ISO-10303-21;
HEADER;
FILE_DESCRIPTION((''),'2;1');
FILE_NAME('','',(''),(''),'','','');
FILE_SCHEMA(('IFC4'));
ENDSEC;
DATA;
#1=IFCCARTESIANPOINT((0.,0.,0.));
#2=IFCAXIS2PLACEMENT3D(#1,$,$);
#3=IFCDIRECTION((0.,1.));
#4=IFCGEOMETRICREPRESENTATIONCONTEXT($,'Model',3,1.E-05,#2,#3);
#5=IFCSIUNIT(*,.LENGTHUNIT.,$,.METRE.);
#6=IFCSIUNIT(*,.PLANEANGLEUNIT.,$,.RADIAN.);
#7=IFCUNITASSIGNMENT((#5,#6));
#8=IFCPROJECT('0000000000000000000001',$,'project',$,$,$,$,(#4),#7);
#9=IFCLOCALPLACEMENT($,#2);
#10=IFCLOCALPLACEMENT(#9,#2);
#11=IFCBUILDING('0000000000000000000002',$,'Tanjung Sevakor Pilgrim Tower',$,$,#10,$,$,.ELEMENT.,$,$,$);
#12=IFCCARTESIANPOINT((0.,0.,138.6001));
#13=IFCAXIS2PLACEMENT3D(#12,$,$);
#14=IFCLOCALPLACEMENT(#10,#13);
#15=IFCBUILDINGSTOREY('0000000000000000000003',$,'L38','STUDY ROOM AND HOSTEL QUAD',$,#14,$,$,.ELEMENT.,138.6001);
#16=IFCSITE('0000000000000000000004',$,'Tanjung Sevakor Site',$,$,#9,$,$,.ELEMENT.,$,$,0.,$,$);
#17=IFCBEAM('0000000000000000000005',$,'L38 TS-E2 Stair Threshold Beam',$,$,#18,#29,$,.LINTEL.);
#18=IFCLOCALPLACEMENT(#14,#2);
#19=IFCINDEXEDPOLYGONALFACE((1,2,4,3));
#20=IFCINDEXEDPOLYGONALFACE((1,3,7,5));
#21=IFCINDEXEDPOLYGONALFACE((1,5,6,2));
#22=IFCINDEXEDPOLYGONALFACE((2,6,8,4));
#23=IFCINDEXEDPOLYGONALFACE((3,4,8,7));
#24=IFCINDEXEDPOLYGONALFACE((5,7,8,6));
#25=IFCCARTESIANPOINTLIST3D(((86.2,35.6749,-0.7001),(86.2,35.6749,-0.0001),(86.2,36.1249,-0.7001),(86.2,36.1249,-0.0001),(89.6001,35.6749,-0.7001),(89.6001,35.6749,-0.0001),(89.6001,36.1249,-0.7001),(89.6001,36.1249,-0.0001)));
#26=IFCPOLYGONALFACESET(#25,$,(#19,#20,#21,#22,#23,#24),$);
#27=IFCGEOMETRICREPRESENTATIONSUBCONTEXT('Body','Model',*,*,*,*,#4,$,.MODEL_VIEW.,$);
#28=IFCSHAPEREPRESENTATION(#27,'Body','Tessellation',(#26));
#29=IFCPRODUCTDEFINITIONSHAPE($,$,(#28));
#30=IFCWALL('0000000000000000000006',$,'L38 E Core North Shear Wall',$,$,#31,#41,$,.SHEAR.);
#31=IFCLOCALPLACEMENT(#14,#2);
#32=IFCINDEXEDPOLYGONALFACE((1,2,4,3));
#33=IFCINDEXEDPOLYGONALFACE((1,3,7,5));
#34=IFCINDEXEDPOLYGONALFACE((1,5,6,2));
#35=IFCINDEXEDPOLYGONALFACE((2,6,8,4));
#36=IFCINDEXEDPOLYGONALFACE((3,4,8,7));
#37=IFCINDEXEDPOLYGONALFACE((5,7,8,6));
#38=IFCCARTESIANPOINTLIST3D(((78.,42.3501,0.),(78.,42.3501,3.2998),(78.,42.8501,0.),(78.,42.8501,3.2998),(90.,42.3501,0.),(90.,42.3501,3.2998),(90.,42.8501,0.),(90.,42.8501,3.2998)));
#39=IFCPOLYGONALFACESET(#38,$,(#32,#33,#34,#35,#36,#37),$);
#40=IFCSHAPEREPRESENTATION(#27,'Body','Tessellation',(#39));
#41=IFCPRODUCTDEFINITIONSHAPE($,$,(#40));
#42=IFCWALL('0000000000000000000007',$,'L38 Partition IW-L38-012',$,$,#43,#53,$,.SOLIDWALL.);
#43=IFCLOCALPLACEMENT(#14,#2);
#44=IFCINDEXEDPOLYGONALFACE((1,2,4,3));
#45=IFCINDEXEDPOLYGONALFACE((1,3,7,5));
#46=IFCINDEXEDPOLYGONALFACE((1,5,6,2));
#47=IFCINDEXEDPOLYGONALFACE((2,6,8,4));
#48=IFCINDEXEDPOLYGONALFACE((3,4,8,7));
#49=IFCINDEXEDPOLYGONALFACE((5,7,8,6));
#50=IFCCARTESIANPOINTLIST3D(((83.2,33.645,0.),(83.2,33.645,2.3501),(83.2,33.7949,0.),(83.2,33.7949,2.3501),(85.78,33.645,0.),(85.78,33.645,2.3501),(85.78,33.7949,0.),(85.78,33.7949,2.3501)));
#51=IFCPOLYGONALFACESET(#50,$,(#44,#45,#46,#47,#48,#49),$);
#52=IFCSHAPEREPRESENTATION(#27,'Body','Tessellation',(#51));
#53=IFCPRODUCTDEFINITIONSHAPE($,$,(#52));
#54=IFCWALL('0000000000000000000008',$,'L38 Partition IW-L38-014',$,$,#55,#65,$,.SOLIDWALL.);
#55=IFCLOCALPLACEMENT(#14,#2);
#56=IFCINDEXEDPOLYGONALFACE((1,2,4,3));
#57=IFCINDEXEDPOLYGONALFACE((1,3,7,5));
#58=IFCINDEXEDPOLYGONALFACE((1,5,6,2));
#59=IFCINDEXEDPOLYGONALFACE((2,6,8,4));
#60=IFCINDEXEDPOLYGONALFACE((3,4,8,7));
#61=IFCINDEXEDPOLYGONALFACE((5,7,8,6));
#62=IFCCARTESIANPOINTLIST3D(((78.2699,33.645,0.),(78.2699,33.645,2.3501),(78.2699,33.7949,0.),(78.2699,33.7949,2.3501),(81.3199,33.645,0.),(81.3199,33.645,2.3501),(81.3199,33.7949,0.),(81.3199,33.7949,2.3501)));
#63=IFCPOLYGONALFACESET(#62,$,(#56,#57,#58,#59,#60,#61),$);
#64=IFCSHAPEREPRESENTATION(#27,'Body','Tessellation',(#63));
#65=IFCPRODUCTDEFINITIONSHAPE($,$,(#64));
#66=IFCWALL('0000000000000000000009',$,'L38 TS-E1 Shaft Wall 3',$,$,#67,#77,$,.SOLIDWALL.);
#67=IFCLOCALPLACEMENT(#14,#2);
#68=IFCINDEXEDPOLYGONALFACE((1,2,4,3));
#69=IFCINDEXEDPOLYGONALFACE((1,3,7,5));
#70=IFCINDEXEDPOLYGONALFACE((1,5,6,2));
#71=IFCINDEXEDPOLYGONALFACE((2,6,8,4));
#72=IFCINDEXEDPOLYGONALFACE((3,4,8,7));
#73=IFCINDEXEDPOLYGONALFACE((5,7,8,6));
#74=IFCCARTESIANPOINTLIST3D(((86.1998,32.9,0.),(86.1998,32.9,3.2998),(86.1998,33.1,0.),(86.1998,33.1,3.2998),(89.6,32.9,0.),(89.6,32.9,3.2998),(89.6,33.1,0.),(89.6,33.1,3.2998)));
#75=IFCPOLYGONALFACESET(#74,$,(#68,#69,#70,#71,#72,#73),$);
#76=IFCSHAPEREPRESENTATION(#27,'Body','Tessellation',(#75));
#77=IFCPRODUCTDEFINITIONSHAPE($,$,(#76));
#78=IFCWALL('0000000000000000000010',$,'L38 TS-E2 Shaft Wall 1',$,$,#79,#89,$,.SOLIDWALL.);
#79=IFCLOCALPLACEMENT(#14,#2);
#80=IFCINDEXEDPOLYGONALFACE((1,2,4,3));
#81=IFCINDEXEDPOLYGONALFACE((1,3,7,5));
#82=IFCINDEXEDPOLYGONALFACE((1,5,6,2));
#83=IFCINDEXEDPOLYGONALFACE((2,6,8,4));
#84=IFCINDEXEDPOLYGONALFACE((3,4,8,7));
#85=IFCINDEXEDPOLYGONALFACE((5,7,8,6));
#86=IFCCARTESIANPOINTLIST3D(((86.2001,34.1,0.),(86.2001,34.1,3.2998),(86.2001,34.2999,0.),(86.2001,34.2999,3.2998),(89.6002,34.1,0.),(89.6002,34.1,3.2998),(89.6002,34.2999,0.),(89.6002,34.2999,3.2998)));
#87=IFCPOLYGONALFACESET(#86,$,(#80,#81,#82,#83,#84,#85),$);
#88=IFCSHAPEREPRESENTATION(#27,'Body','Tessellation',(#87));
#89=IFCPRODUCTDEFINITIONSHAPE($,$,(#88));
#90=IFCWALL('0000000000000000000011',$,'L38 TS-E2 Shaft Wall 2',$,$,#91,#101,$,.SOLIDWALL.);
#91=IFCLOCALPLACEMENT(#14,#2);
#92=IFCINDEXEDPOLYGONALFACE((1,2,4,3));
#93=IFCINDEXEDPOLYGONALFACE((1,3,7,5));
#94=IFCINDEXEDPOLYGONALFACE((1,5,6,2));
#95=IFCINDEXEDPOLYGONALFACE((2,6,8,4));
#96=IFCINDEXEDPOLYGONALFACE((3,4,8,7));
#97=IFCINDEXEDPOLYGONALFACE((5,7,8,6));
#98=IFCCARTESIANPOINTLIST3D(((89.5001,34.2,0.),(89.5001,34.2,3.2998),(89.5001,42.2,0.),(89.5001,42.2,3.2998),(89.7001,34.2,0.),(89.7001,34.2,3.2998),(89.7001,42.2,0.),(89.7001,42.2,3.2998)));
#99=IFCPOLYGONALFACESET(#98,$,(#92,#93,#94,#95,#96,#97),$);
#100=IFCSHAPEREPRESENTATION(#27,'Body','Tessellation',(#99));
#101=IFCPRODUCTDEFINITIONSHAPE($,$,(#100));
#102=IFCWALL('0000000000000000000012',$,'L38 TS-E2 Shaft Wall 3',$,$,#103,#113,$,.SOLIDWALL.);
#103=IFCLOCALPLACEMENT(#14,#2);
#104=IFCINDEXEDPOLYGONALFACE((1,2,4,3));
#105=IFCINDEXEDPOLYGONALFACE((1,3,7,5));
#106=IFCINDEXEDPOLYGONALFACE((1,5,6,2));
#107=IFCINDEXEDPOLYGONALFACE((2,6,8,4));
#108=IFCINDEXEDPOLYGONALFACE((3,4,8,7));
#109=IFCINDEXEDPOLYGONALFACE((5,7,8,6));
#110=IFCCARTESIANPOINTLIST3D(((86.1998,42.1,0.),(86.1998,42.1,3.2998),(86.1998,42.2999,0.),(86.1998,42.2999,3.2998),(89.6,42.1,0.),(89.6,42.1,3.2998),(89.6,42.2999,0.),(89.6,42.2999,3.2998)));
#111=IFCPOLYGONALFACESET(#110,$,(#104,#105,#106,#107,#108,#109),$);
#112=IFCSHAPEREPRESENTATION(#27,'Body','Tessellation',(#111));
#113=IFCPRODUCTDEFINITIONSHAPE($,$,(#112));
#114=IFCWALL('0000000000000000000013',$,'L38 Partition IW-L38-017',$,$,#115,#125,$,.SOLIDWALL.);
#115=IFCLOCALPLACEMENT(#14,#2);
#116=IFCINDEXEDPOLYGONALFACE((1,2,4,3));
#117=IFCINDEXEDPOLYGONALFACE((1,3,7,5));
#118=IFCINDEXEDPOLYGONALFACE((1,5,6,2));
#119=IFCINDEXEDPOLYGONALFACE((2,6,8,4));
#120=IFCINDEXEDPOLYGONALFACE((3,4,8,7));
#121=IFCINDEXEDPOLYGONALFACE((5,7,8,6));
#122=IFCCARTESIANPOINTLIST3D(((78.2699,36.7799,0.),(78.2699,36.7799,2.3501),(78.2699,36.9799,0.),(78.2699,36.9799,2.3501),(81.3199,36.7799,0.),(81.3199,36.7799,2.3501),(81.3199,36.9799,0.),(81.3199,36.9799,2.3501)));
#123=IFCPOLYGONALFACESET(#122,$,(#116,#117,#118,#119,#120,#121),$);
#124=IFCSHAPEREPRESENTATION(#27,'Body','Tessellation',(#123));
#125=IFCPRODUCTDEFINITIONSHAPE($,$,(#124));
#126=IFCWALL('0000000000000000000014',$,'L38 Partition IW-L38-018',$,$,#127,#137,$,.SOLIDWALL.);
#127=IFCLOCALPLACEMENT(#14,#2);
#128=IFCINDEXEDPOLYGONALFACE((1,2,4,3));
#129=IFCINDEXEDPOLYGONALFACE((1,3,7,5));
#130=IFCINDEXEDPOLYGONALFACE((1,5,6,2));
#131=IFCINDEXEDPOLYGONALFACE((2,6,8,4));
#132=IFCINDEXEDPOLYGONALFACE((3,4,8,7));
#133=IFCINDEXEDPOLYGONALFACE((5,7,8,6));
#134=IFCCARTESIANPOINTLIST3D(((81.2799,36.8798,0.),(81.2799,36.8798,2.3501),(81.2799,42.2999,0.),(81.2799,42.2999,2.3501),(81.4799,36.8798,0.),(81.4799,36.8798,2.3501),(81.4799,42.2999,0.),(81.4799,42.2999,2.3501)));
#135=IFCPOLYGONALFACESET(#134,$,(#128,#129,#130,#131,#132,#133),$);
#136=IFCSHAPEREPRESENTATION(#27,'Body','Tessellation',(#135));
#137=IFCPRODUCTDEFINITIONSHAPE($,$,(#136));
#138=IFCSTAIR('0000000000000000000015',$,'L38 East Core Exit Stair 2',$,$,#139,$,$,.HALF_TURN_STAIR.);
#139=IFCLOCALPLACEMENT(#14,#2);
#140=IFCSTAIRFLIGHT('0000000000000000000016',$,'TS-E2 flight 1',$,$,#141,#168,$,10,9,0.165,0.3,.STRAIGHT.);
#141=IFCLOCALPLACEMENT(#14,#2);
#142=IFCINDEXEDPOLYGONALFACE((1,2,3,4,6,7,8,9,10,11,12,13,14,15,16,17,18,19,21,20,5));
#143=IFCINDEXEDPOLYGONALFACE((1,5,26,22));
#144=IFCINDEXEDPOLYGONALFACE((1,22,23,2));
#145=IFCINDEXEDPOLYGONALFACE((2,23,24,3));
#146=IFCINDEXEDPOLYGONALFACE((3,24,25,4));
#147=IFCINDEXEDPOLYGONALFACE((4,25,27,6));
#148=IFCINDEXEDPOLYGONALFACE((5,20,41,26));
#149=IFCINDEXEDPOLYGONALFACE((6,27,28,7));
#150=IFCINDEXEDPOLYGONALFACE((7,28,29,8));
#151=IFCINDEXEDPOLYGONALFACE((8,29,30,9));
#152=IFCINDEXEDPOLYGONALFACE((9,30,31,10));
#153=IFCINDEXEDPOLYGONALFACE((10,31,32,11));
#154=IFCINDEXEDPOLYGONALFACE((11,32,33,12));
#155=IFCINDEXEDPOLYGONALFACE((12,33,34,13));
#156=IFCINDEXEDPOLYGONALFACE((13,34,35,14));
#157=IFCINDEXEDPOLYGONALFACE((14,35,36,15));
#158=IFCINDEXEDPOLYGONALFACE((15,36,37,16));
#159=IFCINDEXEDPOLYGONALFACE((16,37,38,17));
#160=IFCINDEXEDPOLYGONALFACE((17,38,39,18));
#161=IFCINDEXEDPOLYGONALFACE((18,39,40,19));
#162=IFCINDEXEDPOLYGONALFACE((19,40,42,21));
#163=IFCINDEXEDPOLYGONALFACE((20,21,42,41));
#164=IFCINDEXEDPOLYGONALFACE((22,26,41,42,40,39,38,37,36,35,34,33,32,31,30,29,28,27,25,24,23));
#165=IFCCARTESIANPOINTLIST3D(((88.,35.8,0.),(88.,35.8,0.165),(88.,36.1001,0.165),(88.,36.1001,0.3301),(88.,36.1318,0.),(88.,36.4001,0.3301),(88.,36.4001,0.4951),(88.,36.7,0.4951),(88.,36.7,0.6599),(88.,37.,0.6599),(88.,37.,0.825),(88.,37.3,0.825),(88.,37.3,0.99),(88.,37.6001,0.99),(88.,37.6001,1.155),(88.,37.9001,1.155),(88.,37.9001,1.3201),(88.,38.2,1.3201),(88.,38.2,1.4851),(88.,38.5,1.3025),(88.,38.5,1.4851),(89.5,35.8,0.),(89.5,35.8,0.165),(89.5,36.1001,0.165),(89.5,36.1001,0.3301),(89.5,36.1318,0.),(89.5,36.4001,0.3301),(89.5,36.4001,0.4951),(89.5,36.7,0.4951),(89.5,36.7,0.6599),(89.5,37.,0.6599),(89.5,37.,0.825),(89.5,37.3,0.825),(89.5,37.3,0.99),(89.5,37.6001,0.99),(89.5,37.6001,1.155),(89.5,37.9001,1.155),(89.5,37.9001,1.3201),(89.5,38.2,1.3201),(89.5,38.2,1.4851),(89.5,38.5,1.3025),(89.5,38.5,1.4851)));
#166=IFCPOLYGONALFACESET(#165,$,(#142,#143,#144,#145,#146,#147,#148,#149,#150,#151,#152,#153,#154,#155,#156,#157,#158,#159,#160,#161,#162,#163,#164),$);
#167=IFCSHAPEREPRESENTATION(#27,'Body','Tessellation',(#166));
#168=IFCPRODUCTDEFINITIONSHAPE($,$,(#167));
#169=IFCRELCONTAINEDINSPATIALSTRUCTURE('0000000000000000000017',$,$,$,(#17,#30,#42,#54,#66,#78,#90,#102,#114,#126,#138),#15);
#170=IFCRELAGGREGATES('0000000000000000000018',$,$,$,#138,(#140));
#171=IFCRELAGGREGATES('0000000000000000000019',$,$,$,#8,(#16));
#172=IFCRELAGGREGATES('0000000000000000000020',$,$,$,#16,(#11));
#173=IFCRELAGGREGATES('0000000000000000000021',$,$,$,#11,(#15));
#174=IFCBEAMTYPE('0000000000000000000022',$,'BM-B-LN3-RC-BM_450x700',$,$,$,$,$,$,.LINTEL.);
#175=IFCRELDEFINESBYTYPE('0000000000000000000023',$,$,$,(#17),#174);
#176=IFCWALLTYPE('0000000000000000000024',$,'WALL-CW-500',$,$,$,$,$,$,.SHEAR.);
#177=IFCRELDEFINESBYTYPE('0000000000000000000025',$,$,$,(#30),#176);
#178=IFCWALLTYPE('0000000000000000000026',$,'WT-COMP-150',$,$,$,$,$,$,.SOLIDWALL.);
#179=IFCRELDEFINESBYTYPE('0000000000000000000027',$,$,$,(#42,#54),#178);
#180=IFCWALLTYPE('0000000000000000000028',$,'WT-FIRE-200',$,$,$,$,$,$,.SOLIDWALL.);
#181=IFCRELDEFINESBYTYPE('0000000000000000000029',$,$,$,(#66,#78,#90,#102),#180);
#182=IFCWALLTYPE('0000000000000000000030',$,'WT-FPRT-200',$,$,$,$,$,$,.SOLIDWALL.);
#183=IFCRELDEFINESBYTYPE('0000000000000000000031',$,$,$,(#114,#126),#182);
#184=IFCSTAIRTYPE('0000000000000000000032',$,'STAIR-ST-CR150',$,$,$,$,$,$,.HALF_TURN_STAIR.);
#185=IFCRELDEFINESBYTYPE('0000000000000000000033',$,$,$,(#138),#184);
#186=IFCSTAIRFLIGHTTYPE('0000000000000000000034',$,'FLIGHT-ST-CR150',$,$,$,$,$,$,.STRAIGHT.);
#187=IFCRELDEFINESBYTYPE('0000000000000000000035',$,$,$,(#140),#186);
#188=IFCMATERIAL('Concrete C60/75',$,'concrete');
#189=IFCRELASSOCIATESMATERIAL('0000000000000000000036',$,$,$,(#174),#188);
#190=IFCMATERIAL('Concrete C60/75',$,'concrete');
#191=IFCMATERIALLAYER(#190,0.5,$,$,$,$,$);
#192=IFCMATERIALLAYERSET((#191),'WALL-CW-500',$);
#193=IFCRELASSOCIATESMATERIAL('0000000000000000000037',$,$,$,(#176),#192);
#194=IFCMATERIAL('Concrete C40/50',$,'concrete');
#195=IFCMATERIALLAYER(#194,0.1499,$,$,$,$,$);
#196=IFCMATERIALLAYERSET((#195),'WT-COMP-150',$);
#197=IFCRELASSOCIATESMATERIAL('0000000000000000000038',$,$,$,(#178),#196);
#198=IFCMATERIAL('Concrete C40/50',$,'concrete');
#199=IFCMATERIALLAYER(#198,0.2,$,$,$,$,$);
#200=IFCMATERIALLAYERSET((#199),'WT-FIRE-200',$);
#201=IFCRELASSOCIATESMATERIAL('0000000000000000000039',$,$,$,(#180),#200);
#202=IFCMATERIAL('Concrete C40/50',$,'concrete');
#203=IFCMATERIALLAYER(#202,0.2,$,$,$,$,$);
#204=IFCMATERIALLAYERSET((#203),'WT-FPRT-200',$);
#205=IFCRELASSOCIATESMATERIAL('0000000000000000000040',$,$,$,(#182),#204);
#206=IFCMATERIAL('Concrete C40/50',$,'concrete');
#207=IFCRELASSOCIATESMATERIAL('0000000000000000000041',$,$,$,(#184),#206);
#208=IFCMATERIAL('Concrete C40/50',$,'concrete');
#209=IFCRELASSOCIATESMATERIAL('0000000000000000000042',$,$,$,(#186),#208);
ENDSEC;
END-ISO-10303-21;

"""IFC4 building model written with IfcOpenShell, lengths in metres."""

from ifc_helpers import new_model, si_unit, direction, frame, frame_2d, origin, origin_2d, place, context, subcontext, project, spatial, polyline, rectangle, outline, extrude, material, layer, layer_set, material_profile, profile_set, type_object, element, aggregate, save


model = new_model("IFC4")

# Units and contexts
model_context = context("Model", 3, precision=1e-05, world=origin(), true_north=direction((0.0, 1.0)))
body_context = subcontext(model_context, "Body", "Model", "MODEL_VIEW")
ifc_project = project(units=[si_unit("LENGTHUNIT", "METRE"), si_unit("PLANEANGLEUNIT", "RADIAN")], contexts=[model_context])

# Site, building, storey
site_placement = place(None, origin())
site = spatial("IfcSite", under=ifc_project, at=site_placement, Name="Tanjung Sevakor Site", CompositionType="ELEMENT", RefElevation=0.0)
building_placement = place(site_placement, origin())
building = spatial("IfcBuilding", under=site, at=building_placement, Name="Tanjung Sevakor Pilgrim Tower", CompositionType="ELEMENT")
storey_placement = place(building_placement, frame((0.0, 0.0, 138.6001)))
storey = spatial("IfcBuildingStorey", under=building, at=storey_placement, Name="L38", Description="STUDY ROOM AND HOSTEL QUAD", CompositionType="ELEMENT", Elevation=138.6001)

# Beam
ifc_material_1 = material(Name="Concrete C60/75", Category="concrete")
ifc_material_profile = material_profile(ifc_material_1, rectangle(XDim=0.45, YDim=0.7, at=origin_2d()))
ifc_profile_set = profile_set([ifc_material_profile], Name="Concrete C60/75")
beam_type = type_object("IfcBeamType", Name="BM-B-LN3-RC-BM_450x700", PredefinedType="LINTEL", material=ifc_profile_set)
beam_placement = place(storey_placement, frame((86.2, 35.8999, -0.3501), z_axis=(1.0, 0.0, 0.0), x_axis=(0.0, 1.0, 0.0)))
element("IfcBeam", 1, at=beam_placement, inside=storey, type_object=beam_type, Name="L38 TS-E2 Stair Threshold Beam", PredefinedType="LINTEL", context=body_context, shape_type="SweptSolid", body=[
    extrude(rectangle(XDim=0.45, YDim=0.7, at=origin_2d()), origin(), (0.0, 0.0, 1.0), 3.4001),
])

# Walls
ifc_material_2 = material(Name="Concrete C60/75", Category="concrete")
ifc_layer_1 = layer(ifc_material_2, 0.5)
ifc_layer_set_1 = layer_set([ifc_layer_1], Name="WALL-CW-500")
wall_type_1 = type_object("IfcWallType", Name="WALL-CW-500", PredefinedType="SHEAR", material=ifc_layer_set_1)
wall_1_placement = place(storey_placement, frame((90.0, 42.6001, 0.0), z_axis=(0.0, 0.0, 1.0), x_axis=(-1.0, 0.0, 0.0)))
element("IfcWall", 2, at=wall_1_placement, inside=storey, type_object=wall_type_1, Name="L38 E Core North Shear Wall", PredefinedType="SHEAR", context=body_context, shape_type="SweptSolid", body=[
    extrude(rectangle(XDim=12.0, YDim=0.5, at=frame_2d((6.0, 0.0))), origin(), (0.0, 0.0, 1.0), 3.2998),
])
ifc_material_3 = material(Name="Concrete C40/50", Category="concrete")
ifc_layer_2 = layer(ifc_material_3, 0.1499)
ifc_layer_set_2 = layer_set([ifc_layer_2], Name="WT-COMP-150")
wall_type_2 = type_object("IfcWallType", Name="WT-COMP-150", PredefinedType="SOLIDWALL", material=ifc_layer_set_2)
wall_2_placement = place(storey_placement, frame((83.2, 33.72, 0.0), z_axis=(0.0, 0.0, 1.0), x_axis=(1.0, 0.0, 0.0)))
element("IfcWall", 3, at=wall_2_placement, inside=storey, type_object=wall_type_2, Name="L38 Partition IW-L38-012", PredefinedType="SOLIDWALL", context=body_context, shape_type="SweptSolid", body=[
    extrude(rectangle(XDim=2.5801, YDim=0.1499, at=frame_2d((1.29, 0.0))), origin(), (0.0, 0.0, 1.0), 2.3501),
])
wall_3_placement = place(storey_placement, frame((78.27, 33.72, 0.0), z_axis=(0.0, 0.0, 1.0), x_axis=(1.0, 0.0, 0.0)))
element("IfcWall", 4, at=wall_3_placement, inside=storey, type_object=wall_type_2, Name="L38 Partition IW-L38-014", PredefinedType="SOLIDWALL", context=body_context, shape_type="SweptSolid", body=[
    extrude(rectangle(XDim=3.05, YDim=0.1499, at=frame_2d((1.5249, 0.0))), origin(), (0.0, 0.0, 1.0), 2.3501),
])

# Walls
ifc_material_4 = material(Name="Concrete C40/50", Category="concrete")
ifc_layer_3 = layer(ifc_material_4, 0.2)
ifc_layer_set_3 = layer_set([ifc_layer_3], Name="WT-FIRE-200")
wall_type_3 = type_object("IfcWallType", Name="WT-FIRE-200", PredefinedType="SOLIDWALL", material=ifc_layer_set_3)
for number, where, z_axis, x_axis, name in (
    (5, (89.6001, 33.0, 0.0), (0.0, 0.0, 1.0), (-1.0, 0.0, 0.0), "L38 TS-E1 Shaft Wall 3"),
    (6, (86.2, 34.2, 0.0), (0.0, 0.0, 1.0), (1.0, 0.0, 0.0), "L38 TS-E2 Shaft Wall 1"),
):
    element("IfcWall", number, at=place(storey_placement, frame(where, z_axis=z_axis, x_axis=x_axis)), inside=storey, type_object=wall_type_3, Name=name, PredefinedType="SOLIDWALL", context=body_context, shape_type="SweptSolid", body=[
        extrude(rectangle(XDim=3.4001, YDim=0.2, at=frame_2d((1.7002, 0.0))), origin(), (0.0, 0.0, 1.0), 3.2998),
    ])
wall_4_placement = place(storey_placement, frame((89.6001, 34.2, 0.0), z_axis=(0.0, 0.0, 1.0), x_axis=(0.0, 1.0, 0.0)))
element("IfcWall", 7, at=wall_4_placement, inside=storey, type_object=wall_type_3, Name="L38 TS-E2 Shaft Wall 2", PredefinedType="SOLIDWALL", context=body_context, shape_type="SweptSolid", body=[
    extrude(rectangle(XDim=8.0, YDim=0.2, at=frame_2d((4.0, 0.0))), origin(), (0.0, 0.0, 1.0), 3.2998),
])
wall_5_placement = place(storey_placement, frame((89.6001, 42.2, 0.0), z_axis=(0.0, 0.0, 1.0), x_axis=(-1.0, 0.0, 0.0)))
element("IfcWall", 8, at=wall_5_placement, inside=storey, type_object=wall_type_3, Name="L38 TS-E2 Shaft Wall 3", PredefinedType="SOLIDWALL", context=body_context, shape_type="SweptSolid", body=[
    extrude(rectangle(XDim=3.4001, YDim=0.2, at=frame_2d((1.7002, 0.0))), origin(), (0.0, 0.0, 1.0), 3.2998),
])
ifc_material_5 = material(Name="Concrete C40/50", Category="concrete")
ifc_layer_4 = layer(ifc_material_5, 0.2)
ifc_layer_set_4 = layer_set([ifc_layer_4], Name="WT-FPRT-200")
wall_type_4 = type_object("IfcWallType", Name="WT-FPRT-200", PredefinedType="SOLIDWALL", material=ifc_layer_set_4)
wall_6_placement = place(storey_placement, frame((78.27, 36.8799, 0.0), z_axis=(0.0, 0.0, 1.0), x_axis=(1.0, 0.0, 0.0)))
element("IfcWall", 9, at=wall_6_placement, inside=storey, type_object=wall_type_4, Name="L38 Partition IW-L38-017", PredefinedType="SOLIDWALL", context=body_context, shape_type="SweptSolid", body=[
    extrude(rectangle(XDim=3.05, YDim=0.2, at=frame_2d((1.5249, 0.0))), origin(), (0.0, 0.0, 1.0), 2.3501),
])
wall_7_placement = place(storey_placement, frame((81.3799, 36.8799, 0.0), z_axis=(0.0, 0.0, 1.0), x_axis=(0.0, 1.0, 0.0)))
element("IfcWall", 10, at=wall_7_placement, inside=storey, type_object=wall_type_4, Name="L38 Partition IW-L38-018", PredefinedType="SOLIDWALL", context=body_context, shape_type="SweptSolid", body=[
    extrude(rectangle(XDim=5.4202, YDim=0.2, at=frame_2d((2.71, 0.0))), origin(), (0.0, 0.0, 1.0), 2.3501),
])

# Stair, stair flight
ifc_material_6 = material(Name="Concrete C40/50", Category="concrete")
stair_type = type_object("IfcStairType", Name="STAIR-ST-CR150", PredefinedType="HALF_TURN_STAIR", material=ifc_material_6)
stair_placement = place(storey_placement, origin())
stair = element("IfcStair", 11, at=stair_placement, inside=storey, type_object=stair_type, Name="L38 East Core Exit Stair 2", PredefinedType="HALF_TURN_STAIR")
ifc_material_7 = material(Name="Concrete C40/50", Category="concrete")
stair_flight_type = type_object("IfcStairFlightType", Name="FLIGHT-ST-CR150", PredefinedType="STRAIGHT", material=ifc_material_7)
stair_flight_1_placement = place(storey_placement, frame((88.75, 35.8, 0.0), z_axis=(0.0, 0.0, 1.0), x_axis=(0.0, 1.0, 0.0)))
stair_flight_1 = element("IfcStairFlight", 12, at=stair_flight_1_placement, type_object=stair_flight_type, Name="TS-E2 flight 1", NumberOfRisers=10, NumberOfTreads=9, PredefinedType="STRAIGHT", RiserHeight=0.165, TreadLength=0.3, context=body_context, shape_type="SweptSolid", body=[
    extrude(outline(polyline([(0.0, 0.0), (0.0, 0.165), (0.3, 0.165), (0.3, 0.3301), (0.6001, 0.3301), (0.6001, 0.4951), (0.8999, 0.4951), (0.8999, 0.6599), (1.2, 0.6599), (1.2, 0.825), (1.5, 0.825), (1.5, 0.99), (1.8, 0.99), (1.8, 1.155), (2.1001, 1.155), (2.1001, 1.3201), (2.3999, 1.3201), (2.3999, 1.4851), (2.7, 1.4851), (2.7, 1.6499), (2.7, 1.3025), (0.3318, 0.0), (0.0, 0.0)])), frame((0.0, 0.75, 0.0), z_axis=(0.0, -1.0, 0.0), x_axis=(1.0, 0.0, 0.0)), (0.0, 0.0, 1.0), 1.5),
])
aggregate(stair, [stair_flight_1])

save(model, "model.ifc")
